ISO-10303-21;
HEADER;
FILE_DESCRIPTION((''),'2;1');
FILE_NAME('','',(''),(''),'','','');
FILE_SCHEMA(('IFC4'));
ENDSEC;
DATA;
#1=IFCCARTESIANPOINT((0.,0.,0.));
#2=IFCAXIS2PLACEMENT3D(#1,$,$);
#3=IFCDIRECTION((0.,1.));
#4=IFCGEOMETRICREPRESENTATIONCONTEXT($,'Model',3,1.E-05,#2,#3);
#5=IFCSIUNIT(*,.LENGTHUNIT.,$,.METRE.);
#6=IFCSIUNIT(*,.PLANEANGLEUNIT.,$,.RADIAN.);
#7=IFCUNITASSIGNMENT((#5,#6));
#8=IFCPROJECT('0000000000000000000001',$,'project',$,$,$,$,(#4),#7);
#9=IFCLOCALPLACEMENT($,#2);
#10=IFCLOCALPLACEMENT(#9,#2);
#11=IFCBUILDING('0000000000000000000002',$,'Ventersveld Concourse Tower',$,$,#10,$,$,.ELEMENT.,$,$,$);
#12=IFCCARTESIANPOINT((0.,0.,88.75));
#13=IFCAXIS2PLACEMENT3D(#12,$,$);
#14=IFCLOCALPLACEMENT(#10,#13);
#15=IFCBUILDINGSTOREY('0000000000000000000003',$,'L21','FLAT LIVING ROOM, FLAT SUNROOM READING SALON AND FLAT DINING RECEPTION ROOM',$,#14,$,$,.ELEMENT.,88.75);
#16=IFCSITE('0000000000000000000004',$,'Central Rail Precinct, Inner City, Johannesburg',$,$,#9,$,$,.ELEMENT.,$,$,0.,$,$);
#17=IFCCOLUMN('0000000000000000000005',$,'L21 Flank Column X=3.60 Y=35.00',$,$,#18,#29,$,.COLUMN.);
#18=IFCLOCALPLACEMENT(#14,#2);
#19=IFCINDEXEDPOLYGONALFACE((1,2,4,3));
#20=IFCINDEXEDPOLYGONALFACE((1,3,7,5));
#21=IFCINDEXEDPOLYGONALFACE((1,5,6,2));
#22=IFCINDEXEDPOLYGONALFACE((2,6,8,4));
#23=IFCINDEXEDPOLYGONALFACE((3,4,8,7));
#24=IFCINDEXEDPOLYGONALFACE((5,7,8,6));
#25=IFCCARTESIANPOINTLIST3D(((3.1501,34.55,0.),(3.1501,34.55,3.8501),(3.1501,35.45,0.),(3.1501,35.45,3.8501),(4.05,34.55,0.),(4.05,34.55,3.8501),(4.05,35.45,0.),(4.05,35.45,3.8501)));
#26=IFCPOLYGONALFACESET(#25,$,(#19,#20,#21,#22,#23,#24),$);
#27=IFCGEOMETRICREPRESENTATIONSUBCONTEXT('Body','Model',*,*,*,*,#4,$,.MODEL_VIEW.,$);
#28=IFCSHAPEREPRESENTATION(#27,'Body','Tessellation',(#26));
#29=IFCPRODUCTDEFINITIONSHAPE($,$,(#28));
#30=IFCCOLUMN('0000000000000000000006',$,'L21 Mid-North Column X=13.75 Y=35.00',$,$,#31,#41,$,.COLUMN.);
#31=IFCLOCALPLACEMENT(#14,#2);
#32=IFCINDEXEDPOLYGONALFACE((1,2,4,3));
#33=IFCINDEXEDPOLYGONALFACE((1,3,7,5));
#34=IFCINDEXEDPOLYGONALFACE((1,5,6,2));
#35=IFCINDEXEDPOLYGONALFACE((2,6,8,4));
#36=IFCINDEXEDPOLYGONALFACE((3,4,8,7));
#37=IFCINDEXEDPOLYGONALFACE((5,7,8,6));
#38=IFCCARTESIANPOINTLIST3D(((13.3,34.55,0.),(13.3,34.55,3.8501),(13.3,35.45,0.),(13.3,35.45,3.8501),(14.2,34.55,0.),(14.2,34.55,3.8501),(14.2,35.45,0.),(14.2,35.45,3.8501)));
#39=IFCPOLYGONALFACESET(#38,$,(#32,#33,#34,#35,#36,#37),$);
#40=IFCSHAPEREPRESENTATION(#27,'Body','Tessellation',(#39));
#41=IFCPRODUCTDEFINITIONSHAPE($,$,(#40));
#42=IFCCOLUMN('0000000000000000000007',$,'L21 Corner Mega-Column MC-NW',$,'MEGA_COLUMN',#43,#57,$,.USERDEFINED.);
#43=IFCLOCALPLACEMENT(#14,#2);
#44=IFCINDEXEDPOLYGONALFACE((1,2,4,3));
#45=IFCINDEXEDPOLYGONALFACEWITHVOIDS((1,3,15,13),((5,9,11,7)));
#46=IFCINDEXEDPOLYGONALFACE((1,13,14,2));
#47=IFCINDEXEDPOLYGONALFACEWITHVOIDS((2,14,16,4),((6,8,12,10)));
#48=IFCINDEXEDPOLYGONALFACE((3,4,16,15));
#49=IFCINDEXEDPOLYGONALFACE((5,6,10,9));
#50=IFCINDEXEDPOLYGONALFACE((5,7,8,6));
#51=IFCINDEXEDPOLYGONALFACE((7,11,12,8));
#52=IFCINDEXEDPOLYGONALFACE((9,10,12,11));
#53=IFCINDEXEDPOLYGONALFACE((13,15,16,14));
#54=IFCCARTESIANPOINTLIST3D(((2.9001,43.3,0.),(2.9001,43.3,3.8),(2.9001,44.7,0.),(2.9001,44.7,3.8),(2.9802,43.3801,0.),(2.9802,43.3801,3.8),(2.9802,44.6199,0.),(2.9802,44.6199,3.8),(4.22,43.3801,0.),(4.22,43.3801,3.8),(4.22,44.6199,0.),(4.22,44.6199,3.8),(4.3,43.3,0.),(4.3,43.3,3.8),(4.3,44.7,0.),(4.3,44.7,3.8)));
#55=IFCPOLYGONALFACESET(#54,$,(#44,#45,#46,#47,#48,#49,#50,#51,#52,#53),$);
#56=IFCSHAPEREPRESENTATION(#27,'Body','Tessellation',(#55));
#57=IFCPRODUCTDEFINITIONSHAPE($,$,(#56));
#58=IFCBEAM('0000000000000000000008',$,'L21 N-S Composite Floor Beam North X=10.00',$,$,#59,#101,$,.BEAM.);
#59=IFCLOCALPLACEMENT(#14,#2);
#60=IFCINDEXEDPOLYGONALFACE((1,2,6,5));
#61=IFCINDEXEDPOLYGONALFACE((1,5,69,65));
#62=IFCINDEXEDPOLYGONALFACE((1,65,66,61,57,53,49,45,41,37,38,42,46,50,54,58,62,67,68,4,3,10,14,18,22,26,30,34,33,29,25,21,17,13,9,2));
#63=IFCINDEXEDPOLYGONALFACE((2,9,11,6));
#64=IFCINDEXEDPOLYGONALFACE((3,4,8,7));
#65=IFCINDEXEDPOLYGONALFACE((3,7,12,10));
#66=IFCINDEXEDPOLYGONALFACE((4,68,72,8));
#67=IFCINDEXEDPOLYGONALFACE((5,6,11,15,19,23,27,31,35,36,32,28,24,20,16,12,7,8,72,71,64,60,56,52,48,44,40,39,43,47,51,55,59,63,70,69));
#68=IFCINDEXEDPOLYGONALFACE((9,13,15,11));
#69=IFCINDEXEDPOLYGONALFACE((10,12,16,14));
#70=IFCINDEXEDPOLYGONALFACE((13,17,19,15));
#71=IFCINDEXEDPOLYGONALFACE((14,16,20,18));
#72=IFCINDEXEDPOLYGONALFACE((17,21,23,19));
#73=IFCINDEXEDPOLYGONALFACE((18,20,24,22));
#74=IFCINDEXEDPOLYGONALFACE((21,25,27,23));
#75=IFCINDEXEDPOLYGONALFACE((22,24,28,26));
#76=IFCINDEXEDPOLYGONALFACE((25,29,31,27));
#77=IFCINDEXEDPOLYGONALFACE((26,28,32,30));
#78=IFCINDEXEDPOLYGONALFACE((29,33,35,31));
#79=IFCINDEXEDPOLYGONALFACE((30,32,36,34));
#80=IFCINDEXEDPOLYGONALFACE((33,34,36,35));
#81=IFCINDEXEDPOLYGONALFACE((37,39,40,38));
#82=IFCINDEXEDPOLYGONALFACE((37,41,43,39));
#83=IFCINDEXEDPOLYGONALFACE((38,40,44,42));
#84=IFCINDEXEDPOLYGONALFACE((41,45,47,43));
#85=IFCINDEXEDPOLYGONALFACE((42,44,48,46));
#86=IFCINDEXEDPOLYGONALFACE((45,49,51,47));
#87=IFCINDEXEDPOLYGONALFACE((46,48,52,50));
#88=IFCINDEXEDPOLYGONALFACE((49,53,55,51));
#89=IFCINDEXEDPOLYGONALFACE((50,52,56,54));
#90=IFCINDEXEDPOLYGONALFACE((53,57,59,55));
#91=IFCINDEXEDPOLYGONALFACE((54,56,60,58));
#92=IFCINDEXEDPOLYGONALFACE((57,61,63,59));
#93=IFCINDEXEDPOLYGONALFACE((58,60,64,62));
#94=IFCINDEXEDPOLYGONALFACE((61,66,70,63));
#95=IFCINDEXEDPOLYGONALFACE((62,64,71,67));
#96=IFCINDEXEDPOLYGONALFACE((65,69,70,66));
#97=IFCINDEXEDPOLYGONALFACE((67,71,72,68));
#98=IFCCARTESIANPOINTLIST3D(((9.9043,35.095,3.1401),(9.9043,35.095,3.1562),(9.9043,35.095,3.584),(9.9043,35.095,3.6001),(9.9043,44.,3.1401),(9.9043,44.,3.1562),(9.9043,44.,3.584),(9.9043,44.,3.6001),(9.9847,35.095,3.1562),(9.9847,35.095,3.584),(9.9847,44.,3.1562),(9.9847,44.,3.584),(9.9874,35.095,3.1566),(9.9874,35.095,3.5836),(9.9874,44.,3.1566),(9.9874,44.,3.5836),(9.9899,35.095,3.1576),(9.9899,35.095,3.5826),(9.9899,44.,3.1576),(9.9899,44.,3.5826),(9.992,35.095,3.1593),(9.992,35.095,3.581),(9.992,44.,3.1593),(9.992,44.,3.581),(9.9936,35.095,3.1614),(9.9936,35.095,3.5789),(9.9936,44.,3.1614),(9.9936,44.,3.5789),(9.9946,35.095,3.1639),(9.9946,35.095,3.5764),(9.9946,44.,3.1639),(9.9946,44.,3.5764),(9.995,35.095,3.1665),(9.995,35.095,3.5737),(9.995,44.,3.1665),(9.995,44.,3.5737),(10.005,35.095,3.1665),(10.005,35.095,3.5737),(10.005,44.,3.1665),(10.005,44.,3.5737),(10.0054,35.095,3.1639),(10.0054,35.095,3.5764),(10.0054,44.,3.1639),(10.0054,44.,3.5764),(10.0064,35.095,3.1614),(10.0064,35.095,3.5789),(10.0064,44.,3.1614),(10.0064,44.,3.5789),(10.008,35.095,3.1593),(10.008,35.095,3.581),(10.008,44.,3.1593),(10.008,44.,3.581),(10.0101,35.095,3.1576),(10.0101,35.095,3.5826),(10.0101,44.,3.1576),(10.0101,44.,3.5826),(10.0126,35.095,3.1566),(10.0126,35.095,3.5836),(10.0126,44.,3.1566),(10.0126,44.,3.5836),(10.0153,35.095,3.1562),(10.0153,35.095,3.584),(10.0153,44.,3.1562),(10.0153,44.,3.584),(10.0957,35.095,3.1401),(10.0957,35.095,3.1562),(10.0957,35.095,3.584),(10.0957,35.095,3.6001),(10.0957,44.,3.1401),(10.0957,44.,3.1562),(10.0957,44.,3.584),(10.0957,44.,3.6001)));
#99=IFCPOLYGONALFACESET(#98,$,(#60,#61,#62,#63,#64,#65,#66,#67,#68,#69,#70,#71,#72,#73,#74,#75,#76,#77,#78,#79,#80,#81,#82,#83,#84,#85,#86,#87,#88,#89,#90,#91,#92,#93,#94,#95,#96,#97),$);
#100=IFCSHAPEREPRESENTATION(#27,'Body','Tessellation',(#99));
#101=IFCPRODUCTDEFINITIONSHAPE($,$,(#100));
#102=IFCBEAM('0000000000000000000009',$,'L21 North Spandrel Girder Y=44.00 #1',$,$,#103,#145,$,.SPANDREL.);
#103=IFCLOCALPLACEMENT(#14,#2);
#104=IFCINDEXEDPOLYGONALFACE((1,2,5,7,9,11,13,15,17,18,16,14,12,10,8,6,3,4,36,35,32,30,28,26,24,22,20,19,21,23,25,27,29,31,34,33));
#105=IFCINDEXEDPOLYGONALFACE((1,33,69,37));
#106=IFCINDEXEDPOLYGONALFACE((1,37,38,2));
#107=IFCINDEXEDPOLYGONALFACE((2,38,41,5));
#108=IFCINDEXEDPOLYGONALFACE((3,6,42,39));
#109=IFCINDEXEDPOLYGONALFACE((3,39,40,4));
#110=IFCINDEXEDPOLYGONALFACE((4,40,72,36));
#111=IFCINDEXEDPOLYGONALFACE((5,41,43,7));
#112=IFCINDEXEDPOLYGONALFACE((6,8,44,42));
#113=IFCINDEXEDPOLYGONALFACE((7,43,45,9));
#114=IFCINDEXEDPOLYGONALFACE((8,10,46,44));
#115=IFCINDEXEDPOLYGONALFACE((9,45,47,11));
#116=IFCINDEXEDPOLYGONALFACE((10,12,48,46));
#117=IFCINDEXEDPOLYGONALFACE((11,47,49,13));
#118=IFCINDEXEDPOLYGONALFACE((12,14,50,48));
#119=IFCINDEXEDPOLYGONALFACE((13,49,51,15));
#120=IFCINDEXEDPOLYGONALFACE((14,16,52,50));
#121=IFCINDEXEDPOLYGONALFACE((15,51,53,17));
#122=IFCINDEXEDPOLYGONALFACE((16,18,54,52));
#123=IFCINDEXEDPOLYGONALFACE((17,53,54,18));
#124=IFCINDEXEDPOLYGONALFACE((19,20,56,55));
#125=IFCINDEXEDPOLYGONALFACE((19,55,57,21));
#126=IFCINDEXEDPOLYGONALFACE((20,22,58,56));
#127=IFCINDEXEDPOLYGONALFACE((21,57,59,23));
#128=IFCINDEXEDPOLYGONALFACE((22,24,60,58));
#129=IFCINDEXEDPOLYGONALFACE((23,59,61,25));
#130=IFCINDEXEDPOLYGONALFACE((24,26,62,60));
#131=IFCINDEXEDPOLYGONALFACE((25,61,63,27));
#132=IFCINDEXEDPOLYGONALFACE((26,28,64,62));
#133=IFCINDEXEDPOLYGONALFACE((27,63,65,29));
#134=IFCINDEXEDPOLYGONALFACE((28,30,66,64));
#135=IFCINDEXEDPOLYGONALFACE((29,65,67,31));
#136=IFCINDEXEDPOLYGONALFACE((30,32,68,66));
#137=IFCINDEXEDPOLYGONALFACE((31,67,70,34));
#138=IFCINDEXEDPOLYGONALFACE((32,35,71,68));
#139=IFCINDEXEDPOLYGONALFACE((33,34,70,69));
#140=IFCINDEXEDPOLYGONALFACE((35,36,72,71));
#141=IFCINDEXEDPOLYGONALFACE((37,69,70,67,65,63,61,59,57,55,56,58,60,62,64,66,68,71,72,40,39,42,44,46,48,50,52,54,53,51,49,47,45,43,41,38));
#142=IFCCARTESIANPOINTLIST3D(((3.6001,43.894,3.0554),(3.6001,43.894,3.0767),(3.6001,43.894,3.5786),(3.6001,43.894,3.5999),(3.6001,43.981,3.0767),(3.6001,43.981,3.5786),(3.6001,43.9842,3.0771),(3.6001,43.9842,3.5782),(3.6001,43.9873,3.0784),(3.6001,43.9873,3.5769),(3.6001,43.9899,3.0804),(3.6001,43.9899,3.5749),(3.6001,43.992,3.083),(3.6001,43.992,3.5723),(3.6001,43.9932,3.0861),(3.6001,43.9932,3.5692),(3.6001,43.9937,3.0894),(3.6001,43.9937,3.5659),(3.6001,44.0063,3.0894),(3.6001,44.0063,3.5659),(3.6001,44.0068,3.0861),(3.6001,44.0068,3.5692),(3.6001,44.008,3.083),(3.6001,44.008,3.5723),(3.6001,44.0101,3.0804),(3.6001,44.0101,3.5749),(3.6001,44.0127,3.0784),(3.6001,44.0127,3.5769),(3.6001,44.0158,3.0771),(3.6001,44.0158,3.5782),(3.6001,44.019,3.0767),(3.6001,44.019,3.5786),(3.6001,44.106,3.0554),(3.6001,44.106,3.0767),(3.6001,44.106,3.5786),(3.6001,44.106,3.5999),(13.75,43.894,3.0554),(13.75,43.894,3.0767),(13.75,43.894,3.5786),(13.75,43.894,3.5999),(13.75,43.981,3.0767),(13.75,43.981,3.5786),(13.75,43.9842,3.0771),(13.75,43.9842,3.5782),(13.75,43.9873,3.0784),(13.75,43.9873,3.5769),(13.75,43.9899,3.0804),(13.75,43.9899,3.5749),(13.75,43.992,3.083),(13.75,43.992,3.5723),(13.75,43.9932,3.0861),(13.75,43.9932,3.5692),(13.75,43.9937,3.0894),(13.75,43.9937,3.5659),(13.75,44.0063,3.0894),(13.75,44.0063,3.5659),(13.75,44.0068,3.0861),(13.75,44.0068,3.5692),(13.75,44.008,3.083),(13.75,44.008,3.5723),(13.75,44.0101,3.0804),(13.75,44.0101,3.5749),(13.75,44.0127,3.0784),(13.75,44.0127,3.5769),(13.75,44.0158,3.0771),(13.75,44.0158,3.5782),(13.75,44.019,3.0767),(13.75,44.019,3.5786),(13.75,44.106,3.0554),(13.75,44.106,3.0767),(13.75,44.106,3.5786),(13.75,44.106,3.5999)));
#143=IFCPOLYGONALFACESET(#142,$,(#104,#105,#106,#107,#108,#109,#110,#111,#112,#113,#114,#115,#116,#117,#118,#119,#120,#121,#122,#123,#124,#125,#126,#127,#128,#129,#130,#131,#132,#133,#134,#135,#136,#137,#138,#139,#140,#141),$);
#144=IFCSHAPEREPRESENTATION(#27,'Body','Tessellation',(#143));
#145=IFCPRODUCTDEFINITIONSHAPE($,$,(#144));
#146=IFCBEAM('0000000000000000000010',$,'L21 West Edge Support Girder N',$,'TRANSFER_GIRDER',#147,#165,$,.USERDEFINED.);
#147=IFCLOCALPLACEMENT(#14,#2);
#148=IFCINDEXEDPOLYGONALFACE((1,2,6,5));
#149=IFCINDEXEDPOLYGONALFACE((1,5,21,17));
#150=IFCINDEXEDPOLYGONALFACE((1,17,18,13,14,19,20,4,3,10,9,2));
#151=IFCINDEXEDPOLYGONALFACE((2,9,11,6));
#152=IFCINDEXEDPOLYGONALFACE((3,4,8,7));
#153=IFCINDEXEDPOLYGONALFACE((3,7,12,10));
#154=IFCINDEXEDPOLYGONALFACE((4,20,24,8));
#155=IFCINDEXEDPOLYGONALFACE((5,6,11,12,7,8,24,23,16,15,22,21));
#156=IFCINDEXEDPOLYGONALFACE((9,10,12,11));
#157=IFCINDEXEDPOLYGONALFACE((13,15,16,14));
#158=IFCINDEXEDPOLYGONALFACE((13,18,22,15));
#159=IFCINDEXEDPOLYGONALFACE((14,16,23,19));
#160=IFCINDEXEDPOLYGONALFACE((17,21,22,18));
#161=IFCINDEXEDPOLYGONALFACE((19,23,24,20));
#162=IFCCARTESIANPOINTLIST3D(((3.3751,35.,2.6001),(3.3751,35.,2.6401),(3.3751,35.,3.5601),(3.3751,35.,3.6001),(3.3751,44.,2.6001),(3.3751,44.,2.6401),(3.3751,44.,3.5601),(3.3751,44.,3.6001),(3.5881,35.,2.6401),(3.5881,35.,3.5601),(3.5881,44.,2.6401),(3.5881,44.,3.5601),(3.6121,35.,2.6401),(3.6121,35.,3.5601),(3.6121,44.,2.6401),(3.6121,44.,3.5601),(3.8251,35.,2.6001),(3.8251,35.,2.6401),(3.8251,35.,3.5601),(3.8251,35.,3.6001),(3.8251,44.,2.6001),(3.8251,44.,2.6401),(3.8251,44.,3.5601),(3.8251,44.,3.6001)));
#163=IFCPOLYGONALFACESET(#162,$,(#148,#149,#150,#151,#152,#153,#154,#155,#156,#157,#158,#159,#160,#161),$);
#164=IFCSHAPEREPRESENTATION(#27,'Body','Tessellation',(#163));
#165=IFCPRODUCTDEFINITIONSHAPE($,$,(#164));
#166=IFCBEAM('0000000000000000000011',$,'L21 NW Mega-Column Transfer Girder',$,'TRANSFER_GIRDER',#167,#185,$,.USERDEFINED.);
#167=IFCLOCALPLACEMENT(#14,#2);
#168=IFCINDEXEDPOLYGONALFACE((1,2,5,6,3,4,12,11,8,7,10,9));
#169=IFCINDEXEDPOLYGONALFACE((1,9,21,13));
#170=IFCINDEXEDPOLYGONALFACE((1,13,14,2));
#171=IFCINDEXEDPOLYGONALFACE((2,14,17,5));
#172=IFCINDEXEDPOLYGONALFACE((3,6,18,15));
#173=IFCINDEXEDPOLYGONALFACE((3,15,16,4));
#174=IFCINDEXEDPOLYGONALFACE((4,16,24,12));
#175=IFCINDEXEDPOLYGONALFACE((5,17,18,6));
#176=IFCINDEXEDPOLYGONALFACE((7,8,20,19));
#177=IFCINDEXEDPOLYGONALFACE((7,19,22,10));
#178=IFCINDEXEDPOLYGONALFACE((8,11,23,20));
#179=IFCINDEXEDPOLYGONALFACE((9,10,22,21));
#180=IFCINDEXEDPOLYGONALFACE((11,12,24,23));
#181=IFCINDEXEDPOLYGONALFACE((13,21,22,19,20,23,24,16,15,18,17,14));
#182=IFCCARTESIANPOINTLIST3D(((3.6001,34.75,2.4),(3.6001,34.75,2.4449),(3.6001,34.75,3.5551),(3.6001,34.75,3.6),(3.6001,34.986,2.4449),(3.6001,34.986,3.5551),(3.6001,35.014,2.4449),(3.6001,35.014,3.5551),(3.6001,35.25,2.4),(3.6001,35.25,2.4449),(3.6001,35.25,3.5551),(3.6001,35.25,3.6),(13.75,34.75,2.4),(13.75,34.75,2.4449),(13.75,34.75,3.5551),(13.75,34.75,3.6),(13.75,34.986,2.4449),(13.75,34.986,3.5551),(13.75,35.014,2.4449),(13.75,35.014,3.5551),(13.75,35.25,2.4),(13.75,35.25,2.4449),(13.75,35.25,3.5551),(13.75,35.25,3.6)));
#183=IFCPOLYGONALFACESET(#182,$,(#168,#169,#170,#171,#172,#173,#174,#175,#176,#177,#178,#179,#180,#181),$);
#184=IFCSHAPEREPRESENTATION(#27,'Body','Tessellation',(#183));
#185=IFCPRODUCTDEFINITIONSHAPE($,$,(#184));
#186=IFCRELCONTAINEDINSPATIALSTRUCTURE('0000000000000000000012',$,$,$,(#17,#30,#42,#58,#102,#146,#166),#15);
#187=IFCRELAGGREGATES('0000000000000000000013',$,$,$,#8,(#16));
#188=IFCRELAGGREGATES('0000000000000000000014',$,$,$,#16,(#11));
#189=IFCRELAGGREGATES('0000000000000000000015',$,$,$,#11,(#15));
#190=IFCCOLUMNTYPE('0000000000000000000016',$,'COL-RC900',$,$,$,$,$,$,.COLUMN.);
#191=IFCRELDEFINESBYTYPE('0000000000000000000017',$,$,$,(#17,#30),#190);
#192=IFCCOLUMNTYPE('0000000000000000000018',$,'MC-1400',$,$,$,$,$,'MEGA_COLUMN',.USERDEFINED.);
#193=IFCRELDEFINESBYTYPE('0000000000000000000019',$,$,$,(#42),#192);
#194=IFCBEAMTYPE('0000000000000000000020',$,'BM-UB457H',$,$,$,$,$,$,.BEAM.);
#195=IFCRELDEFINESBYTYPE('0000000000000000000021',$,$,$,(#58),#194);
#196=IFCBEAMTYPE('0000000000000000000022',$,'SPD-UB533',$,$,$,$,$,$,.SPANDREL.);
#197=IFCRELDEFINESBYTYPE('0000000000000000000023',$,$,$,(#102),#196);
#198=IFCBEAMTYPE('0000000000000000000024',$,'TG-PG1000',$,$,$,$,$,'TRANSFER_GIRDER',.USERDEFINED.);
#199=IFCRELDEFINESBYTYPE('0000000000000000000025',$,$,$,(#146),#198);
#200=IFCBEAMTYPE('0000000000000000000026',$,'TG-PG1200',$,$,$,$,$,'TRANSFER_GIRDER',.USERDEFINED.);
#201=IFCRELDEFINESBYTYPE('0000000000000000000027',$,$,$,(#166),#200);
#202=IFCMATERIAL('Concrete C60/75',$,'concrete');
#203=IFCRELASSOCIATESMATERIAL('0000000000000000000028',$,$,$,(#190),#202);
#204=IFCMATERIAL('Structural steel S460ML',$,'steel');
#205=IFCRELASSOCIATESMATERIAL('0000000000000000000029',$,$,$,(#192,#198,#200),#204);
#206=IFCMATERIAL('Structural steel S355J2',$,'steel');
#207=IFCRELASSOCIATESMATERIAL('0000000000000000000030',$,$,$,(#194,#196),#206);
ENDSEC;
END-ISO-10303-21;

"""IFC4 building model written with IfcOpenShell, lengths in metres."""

from ifc_helpers import new_model, si_unit, direction, frame, origin, origin_2d, place, context, subcontext, project, spatial, rectangle, hollow_rectangle, i_section, extrude, material, material_profile, profile_set, type_object, element, save


model = new_model("IFC4")

# Units and contexts
model_context = context("Model", 3, precision=1e-05, world=origin(), true_north=direction((0.0, 1.0)))
body_context = subcontext(model_context, "Body", "Model", "MODEL_VIEW")
ifc_project = project(units=[si_unit("LENGTHUNIT", "METRE"), si_unit("PLANEANGLEUNIT", "RADIAN")], contexts=[model_context])

# Site, building, storey
site_placement = place(None, origin())
site = spatial("IfcSite", under=ifc_project, at=site_placement, Name="Central Rail Precinct, Inner City, Johannesburg", CompositionType="ELEMENT", RefElevation=0.0)
building_placement = place(site_placement, origin())
building = spatial("IfcBuilding", under=site, at=building_placement, Name="Ventersveld Concourse Tower", CompositionType="ELEMENT")
storey_placement = place(building_placement, frame((0.0, 0.0, 88.75)))
storey = spatial("IfcBuildingStorey", under=building, at=storey_placement, Name="L21", Description="FLAT LIVING ROOM, FLAT SUNROOM READING SALON AND FLAT DINING RECEPTION ROOM", CompositionType="ELEMENT", Elevation=88.75)

# Columns
ifc_material_1 = material(Name="Concrete C60/75", Category="concrete")
ifc_material_profile_1 = material_profile(ifc_material_1, rectangle(XDim=0.8999, YDim=0.8999, at=origin_2d()), Name="RC 900x900")
ifc_profile_set_1 = profile_set([ifc_material_profile_1], Name="Concrete C60/75")
column_type_1 = type_object("IfcColumnType", Name="COL-RC900", PredefinedType="COLUMN", material=ifc_profile_set_1)
for number, where, z_axis, x_axis, name in (
    (1, (3.6001, 35.0, 0.0), (0.0, 0.0, 1.0), (1.0, 0.0, 0.0), "L21 Flank Column X=3.60 Y=35.00"),
    (2, (13.75, 35.0, 0.0), (0.0, 0.0, 1.0), (1.0, 0.0, 0.0), "L21 Mid-North Column X=13.75 Y=35.00"),
):
    element("IfcColumn", number, at=place(storey_placement, frame(where, z_axis=z_axis, x_axis=x_axis)), inside=storey, type_object=column_type_1, Name=name, PredefinedType="COLUMN", context=body_context, shape_type="SweptSolid", body=[
        extrude(rectangle(XDim=0.8999, YDim=0.8999, at=origin_2d()), origin(), (0.0, 0.0, 1.0), 3.8501),
    ])
ifc_material_2 = material(Name="Structural steel S460ML", Category="steel")
ifc_material_profile_2 = material_profile(ifc_material_2, hollow_rectangle(XDim=1.3999, YDim=1.3999, WallThickness=0.0801, at=origin_2d()), Name="BOX 1400x1400x80")
ifc_profile_set_2 = profile_set([ifc_material_profile_2], Name="Structural steel S460ML")
column_type_2 = type_object("IfcColumnType", Name="MC-1400", ElementType="MEGA_COLUMN", PredefinedType="USERDEFINED", material=ifc_profile_set_2)
column_placement = place(storey_placement, frame((3.6001, 44.0, 0.0), z_axis=(0.0, 0.0, 1.0), x_axis=(1.0, 0.0, 0.0)))
element("IfcColumn", 3, at=column_placement, inside=storey, type_object=column_type_2, Name="L21 Corner Mega-Column MC-NW", ObjectType="MEGA_COLUMN", PredefinedType="USERDEFINED", context=body_context, shape_type="SweptSolid", body=[
    extrude(hollow_rectangle(XDim=1.3999, YDim=1.3999, WallThickness=0.0801, at=origin_2d()), origin(), (0.0, 0.0, 1.0), 3.8),
])

# Beams
ifc_material_3 = material(Name="Structural steel S355J2", Category="steel")
ifc_material_profile_3 = material_profile(ifc_material_3, i_section(OverallWidth=0.1914, OverallDepth=0.46, WebThickness=0.01, FlangeThickness=0.0161, FilletRadius=0.0103, at=origin_2d()), Name="UB 457x191x82")
ifc_profile_set_3 = profile_set([ifc_material_profile_3], Name="Structural steel S355J2")
beam_type_1 = type_object("IfcBeamType", Name="BM-UB457H", PredefinedType="BEAM", material=ifc_profile_set_3)
beam_1_placement = place(storey_placement, frame((10.0, 35.095, 3.3701), z_axis=(0.0, 1.0, 0.0), x_axis=(-1.0, 0.0, 0.0)))
element("IfcBeam", 4, at=beam_1_placement, inside=storey, type_object=beam_type_1, Name="L21 N-S Composite Floor Beam North X=10.00", PredefinedType="BEAM", context=body_context, shape_type="SweptSolid", body=[
    extrude(i_section(OverallWidth=0.1914, OverallDepth=0.46, WebThickness=0.01, FlangeThickness=0.0161, FilletRadius=0.0103, at=origin_2d()), origin(), (0.0, 0.0, 1.0), 8.905),
])
ifc_material_profile_4 = material_profile(ifc_material_3, i_section(OverallWidth=0.2119, OverallDepth=0.5444, WebThickness=0.0127, FlangeThickness=0.0212, FilletRadius=0.0127, at=origin_2d()), Name="UB 533x210x122")
ifc_profile_set_4 = profile_set([ifc_material_profile_4], Name="Structural steel S355J2")
beam_type_2 = type_object("IfcBeamType", Name="SPD-UB533", PredefinedType="SPANDREL", material=ifc_profile_set_4)
beam_2_placement = place(storey_placement, frame((3.6001, 44.0, 3.3276), z_axis=(1.0, 0.0, 0.0), x_axis=(0.0, 1.0, 0.0)))
element("IfcBeam", 5, at=beam_2_placement, inside=storey, type_object=beam_type_2, Name="L21 North Spandrel Girder Y=44.00 #1", PredefinedType="SPANDREL", context=body_context, shape_type="SweptSolid", body=[
    extrude(i_section(OverallWidth=0.2119, OverallDepth=0.5444, WebThickness=0.0127, FlangeThickness=0.0212, FilletRadius=0.0127, at=origin_2d()), origin(), (0.0, 0.0, 1.0), 10.1499),
])
ifc_material_profile_5 = material_profile(ifc_material_2, i_section(OverallWidth=0.45, OverallDepth=1.0, WebThickness=0.0239, FlangeThickness=0.04, at=origin_2d()), Name="PG 1000x450x40")
ifc_profile_set_5 = profile_set([ifc_material_profile_5], Name="Structural steel S460ML")
beam_type_3 = type_object("IfcBeamType", Name="TG-PG1000", ElementType="TRANSFER_GIRDER", PredefinedType="USERDEFINED", material=ifc_profile_set_5)
beam_3_placement = place(storey_placement, frame((3.6001, 35.0, 3.1001), z_axis=(0.0, 1.0, 0.0), x_axis=(-1.0, 0.0, 0.0)))
element("IfcBeam", 6, at=beam_3_placement, inside=storey, type_object=beam_type_3, Name="L21 West Edge Support Girder N", ObjectType="TRANSFER_GIRDER", PredefinedType="USERDEFINED", context=body_context, shape_type="SweptSolid", body=[
    extrude(i_section(OverallWidth=0.45, OverallDepth=1.0, WebThickness=0.0239, FlangeThickness=0.04, at=origin_2d()), origin(), (0.0, 0.0, 1.0), 9.0),
])
ifc_material_profile_6 = material_profile(ifc_material_2, i_section(OverallWidth=0.5, OverallDepth=1.2, WebThickness=0.0281, FlangeThickness=0.0449, at=origin_2d()), Name="PG 1200x500x45")
ifc_profile_set_6 = profile_set([ifc_material_profile_6], Name="Structural steel S460ML")
beam_type_4 = type_object("IfcBeamType", Name="TG-PG1200", ElementType="TRANSFER_GIRDER", PredefinedType="USERDEFINED", material=ifc_profile_set_6)
beam_4_placement = place(storey_placement, frame((3.6001, 35.0, 3.0), z_axis=(1.0, 0.0, 0.0), x_axis=(0.0, 1.0, 0.0)))
element("IfcBeam", 7, at=beam_4_placement, inside=storey, type_object=beam_type_4, Name="L21 NW Mega-Column Transfer Girder", ObjectType="TRANSFER_GIRDER", PredefinedType="USERDEFINED", context=body_context, shape_type="SweptSolid", body=[
    extrude(i_section(OverallWidth=0.5, OverallDepth=1.2, WebThickness=0.0281, FlangeThickness=0.0449, at=origin_2d()), origin(), (0.0, 0.0, 1.0), 10.1499),
])

save(model, "model.ifc")
